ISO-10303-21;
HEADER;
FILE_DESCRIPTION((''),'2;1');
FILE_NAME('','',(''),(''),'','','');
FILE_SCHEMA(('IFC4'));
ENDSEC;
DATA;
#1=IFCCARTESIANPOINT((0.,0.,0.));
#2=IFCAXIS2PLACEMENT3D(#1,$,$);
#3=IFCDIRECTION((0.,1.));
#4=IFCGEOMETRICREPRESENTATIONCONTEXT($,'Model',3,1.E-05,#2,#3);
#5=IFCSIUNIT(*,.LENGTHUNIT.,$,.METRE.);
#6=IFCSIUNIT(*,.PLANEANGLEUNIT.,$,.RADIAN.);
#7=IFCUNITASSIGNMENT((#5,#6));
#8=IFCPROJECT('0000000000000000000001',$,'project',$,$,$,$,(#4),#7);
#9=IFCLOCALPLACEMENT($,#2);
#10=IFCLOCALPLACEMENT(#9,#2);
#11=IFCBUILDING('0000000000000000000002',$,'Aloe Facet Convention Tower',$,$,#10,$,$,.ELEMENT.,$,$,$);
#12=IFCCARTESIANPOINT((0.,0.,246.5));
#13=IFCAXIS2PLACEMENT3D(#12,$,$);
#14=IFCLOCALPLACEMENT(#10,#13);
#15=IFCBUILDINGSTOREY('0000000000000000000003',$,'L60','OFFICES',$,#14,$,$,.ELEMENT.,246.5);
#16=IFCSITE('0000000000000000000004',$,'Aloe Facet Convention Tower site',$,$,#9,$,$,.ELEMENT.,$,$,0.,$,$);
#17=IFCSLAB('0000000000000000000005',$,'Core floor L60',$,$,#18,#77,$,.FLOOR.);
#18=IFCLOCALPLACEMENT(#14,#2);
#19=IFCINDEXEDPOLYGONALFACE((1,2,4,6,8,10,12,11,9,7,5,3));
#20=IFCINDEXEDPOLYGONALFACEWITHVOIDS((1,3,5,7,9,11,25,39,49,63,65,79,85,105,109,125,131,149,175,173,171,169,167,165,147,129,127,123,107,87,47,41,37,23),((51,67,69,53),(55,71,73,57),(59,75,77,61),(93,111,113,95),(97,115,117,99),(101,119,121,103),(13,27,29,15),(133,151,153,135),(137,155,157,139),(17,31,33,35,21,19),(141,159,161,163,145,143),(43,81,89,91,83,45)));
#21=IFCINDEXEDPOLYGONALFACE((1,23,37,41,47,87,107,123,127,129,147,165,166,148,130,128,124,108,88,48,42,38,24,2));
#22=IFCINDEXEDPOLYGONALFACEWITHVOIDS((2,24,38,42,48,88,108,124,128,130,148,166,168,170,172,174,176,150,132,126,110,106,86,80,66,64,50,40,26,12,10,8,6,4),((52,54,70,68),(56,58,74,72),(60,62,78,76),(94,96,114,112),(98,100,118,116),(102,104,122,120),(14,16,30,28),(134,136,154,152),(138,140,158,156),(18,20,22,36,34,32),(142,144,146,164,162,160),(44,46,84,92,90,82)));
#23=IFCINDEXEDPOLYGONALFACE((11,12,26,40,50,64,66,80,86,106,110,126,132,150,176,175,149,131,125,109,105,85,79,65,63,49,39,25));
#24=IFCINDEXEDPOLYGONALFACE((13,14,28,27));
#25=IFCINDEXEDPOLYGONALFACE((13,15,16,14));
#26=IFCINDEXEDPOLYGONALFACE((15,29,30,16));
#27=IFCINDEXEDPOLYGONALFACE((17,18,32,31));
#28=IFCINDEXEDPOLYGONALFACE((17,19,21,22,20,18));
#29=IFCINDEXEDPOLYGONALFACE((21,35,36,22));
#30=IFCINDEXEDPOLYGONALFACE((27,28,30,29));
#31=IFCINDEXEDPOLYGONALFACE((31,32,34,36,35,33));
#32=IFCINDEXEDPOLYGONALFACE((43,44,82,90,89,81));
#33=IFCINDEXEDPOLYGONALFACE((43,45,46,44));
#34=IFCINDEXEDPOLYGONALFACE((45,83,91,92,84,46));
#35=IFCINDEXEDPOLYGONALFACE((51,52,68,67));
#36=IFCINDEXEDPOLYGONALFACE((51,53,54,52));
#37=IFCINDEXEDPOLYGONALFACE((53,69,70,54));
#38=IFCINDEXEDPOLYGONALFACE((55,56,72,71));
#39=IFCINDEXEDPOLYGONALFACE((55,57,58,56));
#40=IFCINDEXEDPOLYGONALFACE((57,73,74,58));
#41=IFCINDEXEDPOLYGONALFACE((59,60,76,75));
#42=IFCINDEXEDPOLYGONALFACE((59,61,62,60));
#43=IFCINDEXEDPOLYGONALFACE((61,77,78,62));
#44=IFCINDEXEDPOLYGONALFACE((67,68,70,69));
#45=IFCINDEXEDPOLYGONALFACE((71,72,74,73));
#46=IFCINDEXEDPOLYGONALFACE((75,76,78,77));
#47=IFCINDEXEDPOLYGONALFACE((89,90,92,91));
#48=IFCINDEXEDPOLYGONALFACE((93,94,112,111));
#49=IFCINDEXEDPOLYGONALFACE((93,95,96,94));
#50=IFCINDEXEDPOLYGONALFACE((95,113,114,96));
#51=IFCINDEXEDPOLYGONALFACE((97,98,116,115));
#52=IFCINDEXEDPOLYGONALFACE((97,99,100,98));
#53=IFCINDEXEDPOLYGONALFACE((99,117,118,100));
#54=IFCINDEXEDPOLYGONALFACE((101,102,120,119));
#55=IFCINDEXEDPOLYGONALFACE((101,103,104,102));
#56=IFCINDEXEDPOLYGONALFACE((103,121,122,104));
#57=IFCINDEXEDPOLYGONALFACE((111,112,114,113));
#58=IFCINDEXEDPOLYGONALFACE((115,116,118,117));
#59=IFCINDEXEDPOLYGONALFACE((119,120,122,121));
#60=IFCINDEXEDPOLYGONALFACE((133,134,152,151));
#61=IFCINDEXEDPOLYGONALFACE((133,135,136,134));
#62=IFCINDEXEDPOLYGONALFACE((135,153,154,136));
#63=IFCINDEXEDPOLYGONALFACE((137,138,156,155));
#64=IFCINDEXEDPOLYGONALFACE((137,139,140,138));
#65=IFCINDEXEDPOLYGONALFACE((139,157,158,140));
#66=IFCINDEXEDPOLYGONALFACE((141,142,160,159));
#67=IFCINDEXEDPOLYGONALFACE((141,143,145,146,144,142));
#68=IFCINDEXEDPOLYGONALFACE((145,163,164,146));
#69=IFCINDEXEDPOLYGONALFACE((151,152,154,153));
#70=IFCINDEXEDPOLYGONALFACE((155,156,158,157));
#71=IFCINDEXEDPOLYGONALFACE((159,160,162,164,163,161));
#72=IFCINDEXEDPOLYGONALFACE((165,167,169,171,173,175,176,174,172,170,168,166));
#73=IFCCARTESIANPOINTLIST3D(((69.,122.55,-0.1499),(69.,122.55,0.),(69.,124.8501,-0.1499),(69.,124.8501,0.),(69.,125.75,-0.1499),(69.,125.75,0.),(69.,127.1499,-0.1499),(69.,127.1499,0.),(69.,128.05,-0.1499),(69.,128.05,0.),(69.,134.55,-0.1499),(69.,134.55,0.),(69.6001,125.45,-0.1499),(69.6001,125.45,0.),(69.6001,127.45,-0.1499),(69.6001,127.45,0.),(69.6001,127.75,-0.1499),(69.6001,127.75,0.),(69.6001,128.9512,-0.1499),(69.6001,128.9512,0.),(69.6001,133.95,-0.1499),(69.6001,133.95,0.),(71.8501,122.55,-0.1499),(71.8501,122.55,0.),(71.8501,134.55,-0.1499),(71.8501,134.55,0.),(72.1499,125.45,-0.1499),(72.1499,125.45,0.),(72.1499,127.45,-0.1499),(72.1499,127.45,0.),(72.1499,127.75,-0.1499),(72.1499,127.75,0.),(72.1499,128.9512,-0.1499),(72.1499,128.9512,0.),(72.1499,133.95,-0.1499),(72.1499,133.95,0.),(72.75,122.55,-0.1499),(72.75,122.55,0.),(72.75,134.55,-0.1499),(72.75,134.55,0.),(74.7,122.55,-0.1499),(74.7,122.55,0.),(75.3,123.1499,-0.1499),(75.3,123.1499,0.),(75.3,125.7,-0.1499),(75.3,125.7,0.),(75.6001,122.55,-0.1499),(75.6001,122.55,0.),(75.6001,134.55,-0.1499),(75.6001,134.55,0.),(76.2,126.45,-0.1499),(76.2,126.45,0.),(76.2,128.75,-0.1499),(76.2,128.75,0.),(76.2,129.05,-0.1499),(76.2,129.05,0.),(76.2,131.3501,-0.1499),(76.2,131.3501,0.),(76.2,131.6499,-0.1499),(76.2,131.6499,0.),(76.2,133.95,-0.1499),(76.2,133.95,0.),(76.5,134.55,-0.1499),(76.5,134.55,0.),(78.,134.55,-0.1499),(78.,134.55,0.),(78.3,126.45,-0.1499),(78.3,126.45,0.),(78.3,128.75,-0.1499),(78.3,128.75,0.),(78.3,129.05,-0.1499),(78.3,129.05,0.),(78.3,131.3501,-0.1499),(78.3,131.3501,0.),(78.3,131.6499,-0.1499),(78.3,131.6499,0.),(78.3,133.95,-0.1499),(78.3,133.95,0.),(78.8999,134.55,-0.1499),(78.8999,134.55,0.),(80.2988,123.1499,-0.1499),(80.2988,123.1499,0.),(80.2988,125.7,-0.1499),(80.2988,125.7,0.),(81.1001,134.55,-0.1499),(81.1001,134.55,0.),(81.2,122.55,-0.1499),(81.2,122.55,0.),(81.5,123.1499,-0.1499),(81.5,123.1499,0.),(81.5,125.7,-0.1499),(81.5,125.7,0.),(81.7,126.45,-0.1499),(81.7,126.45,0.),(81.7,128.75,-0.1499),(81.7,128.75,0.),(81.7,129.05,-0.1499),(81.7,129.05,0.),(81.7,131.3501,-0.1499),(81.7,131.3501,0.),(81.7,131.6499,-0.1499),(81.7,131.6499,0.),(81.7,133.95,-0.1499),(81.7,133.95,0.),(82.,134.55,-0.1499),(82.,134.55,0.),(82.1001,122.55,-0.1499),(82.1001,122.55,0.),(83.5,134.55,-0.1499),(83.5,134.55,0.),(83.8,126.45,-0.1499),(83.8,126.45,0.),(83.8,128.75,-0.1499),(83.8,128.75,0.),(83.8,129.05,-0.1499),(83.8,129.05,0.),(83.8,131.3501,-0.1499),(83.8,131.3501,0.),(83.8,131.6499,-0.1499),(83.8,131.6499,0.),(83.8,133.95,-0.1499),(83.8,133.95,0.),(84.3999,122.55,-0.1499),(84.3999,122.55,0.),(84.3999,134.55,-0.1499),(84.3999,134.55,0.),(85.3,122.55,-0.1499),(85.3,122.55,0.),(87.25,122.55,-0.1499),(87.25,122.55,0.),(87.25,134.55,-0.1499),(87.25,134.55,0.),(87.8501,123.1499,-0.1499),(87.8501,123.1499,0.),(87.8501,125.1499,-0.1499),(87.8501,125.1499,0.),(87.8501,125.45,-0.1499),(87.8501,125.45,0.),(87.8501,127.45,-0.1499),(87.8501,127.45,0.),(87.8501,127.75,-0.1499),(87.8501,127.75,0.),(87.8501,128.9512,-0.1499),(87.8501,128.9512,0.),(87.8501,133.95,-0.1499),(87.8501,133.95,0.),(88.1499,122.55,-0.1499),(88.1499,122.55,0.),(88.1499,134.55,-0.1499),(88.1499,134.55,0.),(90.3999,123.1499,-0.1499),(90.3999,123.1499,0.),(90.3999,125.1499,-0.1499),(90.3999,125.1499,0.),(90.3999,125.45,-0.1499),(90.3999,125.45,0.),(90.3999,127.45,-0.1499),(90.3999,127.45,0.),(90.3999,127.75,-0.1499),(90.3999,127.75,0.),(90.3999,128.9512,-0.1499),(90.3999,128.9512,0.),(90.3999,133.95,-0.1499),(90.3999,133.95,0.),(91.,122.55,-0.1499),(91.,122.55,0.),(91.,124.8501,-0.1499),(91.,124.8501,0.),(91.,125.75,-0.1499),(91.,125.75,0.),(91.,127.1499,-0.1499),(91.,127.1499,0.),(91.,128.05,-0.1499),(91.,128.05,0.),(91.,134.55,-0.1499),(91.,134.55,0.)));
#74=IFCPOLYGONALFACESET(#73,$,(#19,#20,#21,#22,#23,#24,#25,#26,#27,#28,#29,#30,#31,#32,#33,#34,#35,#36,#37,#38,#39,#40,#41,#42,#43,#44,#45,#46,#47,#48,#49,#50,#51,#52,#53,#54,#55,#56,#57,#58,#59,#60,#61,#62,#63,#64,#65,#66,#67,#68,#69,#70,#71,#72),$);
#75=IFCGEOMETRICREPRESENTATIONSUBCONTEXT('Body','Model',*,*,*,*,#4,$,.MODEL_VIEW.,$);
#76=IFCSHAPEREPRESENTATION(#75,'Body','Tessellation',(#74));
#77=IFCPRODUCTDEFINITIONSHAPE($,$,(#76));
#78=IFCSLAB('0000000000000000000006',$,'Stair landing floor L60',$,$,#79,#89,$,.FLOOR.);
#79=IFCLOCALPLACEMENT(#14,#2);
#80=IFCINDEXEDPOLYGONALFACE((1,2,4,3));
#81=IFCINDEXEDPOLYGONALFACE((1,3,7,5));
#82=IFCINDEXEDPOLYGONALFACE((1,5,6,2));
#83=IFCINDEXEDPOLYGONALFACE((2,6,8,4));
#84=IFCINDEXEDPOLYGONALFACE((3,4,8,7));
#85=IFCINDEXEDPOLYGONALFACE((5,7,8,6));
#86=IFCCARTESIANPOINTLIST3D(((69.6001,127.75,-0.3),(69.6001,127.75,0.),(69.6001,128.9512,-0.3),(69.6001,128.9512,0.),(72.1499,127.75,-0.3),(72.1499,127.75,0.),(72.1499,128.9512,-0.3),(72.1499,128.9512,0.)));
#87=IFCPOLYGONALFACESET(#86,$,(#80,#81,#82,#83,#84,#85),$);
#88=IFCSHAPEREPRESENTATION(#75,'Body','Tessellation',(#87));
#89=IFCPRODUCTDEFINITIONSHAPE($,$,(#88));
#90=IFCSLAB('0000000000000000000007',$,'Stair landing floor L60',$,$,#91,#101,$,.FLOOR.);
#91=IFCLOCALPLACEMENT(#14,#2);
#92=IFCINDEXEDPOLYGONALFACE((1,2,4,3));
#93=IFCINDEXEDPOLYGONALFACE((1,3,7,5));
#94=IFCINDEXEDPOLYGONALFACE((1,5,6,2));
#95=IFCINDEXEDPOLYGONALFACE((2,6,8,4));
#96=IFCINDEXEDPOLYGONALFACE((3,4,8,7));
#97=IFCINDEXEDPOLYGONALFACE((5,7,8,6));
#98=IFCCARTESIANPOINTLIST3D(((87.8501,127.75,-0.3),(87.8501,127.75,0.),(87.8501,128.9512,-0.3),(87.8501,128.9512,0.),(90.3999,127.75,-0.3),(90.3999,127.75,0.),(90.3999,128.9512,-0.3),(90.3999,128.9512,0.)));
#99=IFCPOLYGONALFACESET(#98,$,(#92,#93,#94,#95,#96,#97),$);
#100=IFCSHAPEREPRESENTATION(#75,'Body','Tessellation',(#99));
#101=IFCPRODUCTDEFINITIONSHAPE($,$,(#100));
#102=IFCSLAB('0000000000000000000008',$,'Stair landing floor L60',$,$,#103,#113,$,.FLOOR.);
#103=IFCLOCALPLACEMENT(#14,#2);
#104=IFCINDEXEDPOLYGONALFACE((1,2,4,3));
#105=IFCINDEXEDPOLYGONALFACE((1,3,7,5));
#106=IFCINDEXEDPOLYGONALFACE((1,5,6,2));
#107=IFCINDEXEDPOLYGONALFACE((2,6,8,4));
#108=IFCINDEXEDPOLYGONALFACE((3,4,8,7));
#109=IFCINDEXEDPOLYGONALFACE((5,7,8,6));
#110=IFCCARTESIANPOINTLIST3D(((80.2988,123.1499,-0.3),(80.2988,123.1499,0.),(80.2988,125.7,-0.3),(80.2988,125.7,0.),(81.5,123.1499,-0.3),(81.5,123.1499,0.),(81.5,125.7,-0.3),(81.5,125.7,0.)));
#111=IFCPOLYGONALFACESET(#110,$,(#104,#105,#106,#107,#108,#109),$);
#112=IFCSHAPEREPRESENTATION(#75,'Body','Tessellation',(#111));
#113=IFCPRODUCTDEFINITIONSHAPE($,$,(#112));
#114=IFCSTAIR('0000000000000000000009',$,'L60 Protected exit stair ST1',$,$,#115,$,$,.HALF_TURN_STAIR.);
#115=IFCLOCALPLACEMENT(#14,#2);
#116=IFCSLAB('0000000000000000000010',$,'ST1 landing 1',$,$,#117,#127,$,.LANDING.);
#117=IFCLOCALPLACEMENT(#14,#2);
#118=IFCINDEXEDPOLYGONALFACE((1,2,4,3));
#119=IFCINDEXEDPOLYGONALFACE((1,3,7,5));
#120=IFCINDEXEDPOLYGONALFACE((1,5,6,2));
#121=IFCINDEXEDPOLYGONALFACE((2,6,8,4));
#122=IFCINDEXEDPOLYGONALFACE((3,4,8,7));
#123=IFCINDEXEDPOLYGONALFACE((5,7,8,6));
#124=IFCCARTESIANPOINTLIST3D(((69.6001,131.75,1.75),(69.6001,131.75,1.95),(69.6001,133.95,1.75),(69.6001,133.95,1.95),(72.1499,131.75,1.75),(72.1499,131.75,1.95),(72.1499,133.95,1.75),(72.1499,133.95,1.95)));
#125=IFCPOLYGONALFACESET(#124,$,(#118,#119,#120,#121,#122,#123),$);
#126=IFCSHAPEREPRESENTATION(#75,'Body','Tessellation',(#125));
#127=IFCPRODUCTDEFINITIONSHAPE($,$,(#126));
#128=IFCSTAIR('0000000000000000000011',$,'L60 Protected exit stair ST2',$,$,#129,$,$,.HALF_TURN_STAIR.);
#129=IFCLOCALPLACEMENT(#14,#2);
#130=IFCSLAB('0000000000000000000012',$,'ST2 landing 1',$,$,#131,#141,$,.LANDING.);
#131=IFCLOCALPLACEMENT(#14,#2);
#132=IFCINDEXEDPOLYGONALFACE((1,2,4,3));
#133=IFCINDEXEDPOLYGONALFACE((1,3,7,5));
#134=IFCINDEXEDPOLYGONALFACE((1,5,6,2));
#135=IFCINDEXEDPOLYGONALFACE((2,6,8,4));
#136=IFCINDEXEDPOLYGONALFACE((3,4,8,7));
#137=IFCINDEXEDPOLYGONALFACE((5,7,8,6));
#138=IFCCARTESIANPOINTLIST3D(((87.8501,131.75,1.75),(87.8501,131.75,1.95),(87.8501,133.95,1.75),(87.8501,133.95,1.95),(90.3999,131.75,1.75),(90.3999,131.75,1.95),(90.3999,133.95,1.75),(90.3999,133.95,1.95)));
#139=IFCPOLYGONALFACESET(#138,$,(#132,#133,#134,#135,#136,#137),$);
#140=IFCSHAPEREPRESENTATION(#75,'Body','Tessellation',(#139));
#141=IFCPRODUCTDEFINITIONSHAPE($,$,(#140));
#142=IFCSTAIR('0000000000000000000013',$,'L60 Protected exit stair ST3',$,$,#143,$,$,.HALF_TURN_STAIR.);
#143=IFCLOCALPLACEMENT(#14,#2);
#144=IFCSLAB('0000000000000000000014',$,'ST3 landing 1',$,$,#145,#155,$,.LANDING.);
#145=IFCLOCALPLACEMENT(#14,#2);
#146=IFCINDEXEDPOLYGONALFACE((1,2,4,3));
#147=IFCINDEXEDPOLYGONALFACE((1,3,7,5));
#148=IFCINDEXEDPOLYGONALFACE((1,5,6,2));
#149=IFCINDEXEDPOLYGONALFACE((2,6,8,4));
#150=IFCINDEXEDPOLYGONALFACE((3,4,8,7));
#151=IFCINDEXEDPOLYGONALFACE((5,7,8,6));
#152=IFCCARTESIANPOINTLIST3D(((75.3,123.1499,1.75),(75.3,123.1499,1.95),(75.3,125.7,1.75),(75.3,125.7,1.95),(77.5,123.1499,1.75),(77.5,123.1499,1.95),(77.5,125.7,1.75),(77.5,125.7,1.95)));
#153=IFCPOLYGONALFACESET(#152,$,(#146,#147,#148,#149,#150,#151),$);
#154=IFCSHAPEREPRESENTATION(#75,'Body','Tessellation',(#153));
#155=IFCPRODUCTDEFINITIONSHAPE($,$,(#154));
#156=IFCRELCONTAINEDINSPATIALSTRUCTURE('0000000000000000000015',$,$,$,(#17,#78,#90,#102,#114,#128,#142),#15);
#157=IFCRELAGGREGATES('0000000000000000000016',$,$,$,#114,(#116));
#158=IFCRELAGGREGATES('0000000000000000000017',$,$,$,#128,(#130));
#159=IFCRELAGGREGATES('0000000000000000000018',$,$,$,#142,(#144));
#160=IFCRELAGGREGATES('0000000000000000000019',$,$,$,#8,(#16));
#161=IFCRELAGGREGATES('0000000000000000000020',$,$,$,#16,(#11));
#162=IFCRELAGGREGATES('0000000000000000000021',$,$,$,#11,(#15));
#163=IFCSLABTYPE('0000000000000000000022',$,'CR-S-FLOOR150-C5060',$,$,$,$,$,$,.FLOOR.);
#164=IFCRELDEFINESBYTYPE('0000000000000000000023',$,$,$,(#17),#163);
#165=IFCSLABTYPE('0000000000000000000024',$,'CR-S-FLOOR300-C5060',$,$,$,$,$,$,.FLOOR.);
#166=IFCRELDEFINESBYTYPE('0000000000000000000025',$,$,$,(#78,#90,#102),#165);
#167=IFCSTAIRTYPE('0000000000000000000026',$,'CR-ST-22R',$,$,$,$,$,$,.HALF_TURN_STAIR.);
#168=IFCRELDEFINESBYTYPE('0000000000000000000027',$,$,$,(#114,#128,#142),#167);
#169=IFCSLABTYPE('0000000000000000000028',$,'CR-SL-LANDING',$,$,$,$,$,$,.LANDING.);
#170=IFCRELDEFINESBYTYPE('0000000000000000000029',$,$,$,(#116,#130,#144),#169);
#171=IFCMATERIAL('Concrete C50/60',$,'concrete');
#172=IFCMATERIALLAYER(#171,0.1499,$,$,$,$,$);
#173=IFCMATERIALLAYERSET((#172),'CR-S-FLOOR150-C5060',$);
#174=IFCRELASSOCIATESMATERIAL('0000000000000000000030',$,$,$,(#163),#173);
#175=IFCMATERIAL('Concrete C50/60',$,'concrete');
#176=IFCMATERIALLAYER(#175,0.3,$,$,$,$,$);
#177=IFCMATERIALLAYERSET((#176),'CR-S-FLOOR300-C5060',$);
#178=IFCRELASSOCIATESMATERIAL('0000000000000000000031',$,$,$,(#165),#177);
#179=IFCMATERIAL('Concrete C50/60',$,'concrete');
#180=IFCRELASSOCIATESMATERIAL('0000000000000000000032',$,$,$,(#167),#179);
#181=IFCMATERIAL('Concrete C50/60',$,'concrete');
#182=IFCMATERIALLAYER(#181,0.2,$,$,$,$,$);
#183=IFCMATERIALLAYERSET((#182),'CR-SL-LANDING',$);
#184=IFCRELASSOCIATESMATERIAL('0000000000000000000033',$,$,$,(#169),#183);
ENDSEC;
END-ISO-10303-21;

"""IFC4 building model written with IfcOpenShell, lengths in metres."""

from ifc_helpers import new_model, si_unit, direction, frame, origin, place, context, subcontext, project, spatial, polyline, outline, extrude, material, layer, layer_set, type_object, element, aggregate, save


model = new_model("IFC4")

# Units and contexts
model_context = context("Model", 3, precision=1e-05, world=origin(), true_north=direction((0.0, 1.0)))
body_context = subcontext(model_context, "Body", "Model", "MODEL_VIEW")
ifc_project = project(units=[si_unit("LENGTHUNIT", "METRE"), si_unit("PLANEANGLEUNIT", "RADIAN")], contexts=[model_context])

# Site, building, storey
site_placement = place(None, origin())
site = spatial("IfcSite", under=ifc_project, at=site_placement, Name="Aloe Facet Convention Tower site", CompositionType="ELEMENT", RefElevation=0.0)
building_placement = place(site_placement, origin())
building = spatial("IfcBuilding", under=site, at=building_placement, Name="Aloe Facet Convention Tower", CompositionType="ELEMENT")
storey_placement = place(building_placement, frame((0.0, 0.0, 246.5)))
storey = spatial("IfcBuildingStorey", under=building, at=storey_placement, Name="L60", Description="OFFICES", CompositionType="ELEMENT", Elevation=246.5)

# Slabs
ifc_material_1 = material(Name="Concrete C50/60", Category="concrete")
ifc_layer_1 = layer(ifc_material_1, 0.1499)
ifc_layer_set_1 = layer_set([ifc_layer_1], Name="CR-S-FLOOR150-C5060")
slab_type_1 = type_object("IfcSlabType", Name="CR-S-FLOOR150-C5060", PredefinedType="FLOOR", material=ifc_layer_set_1)
slab_1_placement = place(storey_placement, frame((0.0, 0.0, -0.1499)))
element("IfcSlab", 1, at=slab_1_placement, inside=storey, type_object=slab_type_1, Name="Core floor L60", PredefinedType="FLOOR", context=body_context, shape_type="SweptSolid", body=[
    extrude(outline(polyline([(71.8501, 134.55), (72.75, 134.55), (75.6001, 134.55), (76.5, 134.55), (78.0, 134.55), (78.8999, 134.55), (81.1001, 134.55), (82.0, 134.55), (83.5, 134.55), (84.3999, 134.55), (87.25, 134.55), (88.1499, 134.55), (91.0, 134.55), (91.0, 128.05), (91.0, 127.1499), (91.0, 125.75), (91.0, 124.8501), (91.0, 122.55), (88.1499, 122.55), (87.25, 122.55), (85.3, 122.55), (84.3999, 122.55), (82.1001, 122.55), (81.2, 122.55), (75.6001, 122.55), (74.7, 122.55), (72.75, 122.55), (71.8501, 122.55), (69.0, 122.55), (69.0, 124.8501), (69.0, 125.75), (69.0, 127.1499), (69.0, 128.05), (69.0, 134.55), (71.8501, 134.55)]), holes=[polyline([(80.2988, 123.1499), (81.5, 123.1499), (81.5, 125.7), (80.2988, 125.7), (75.3, 125.7), (75.3, 123.1499), (80.2988, 123.1499)]), polyline([(69.6001, 125.45), (72.1499, 125.45), (72.1499, 127.45), (69.6001, 127.45), (69.6001, 125.45)]), polyline([(76.2, 126.45), (78.3, 126.45), (78.3, 128.75), (76.2, 128.75), (76.2, 126.45)]), polyline([(78.3, 129.05), (78.3, 131.3501), (76.2, 131.3501), (76.2, 129.05), (78.3, 129.05)]), polyline([(69.6001, 133.95), (69.6001, 128.9512), (69.6001, 127.75), (72.1499, 127.75), (72.1499, 128.9512), (72.1499, 133.95), (69.6001, 133.95)]), polyline([(76.2, 131.6499), (78.3, 131.6499), (78.3, 133.95), (76.2, 133.95), (76.2, 131.6499)]), polyline([(90.3999, 123.1499), (90.3999, 125.1499), (87.8501, 125.1499), (87.8501, 123.1499), (90.3999, 123.1499)]), polyline([(87.8501, 125.45), (90.3999, 125.45), (90.3999, 127.45), (87.8501, 127.45), (87.8501, 125.45)]), polyline([(81.7, 126.45), (83.8, 126.45), (83.8, 128.75), (81.7, 128.75), (81.7, 126.45)]), polyline([(83.8, 129.05), (83.8, 131.3501), (81.7, 131.3501), (81.7, 129.05), (83.8, 129.05)]), polyline([(87.8501, 133.95), (87.8501, 128.9512), (87.8501, 127.75), (90.3999, 127.75), (90.3999, 128.9512), (90.3999, 133.95), (87.8501, 133.95)]), polyline([(81.7, 131.6499), (83.8, 131.6499), (83.8, 133.95), (81.7, 133.95), (81.7, 131.6499)])]), origin(), (0.0, 0.0, 1.0), 0.1499),
])
ifc_material_2 = material(Name="Concrete C50/60", Category="concrete")
ifc_layer_2 = layer(ifc_material_2, 0.3)
ifc_layer_set_2 = layer_set([ifc_layer_2], Name="CR-S-FLOOR300-C5060")
slab_type_2 = type_object("IfcSlabType", Name="CR-S-FLOOR300-C5060", PredefinedType="FLOOR", material=ifc_layer_set_2)
slab_2_placement = place(storey_placement, frame((0.0, 0.0, -0.3)))
element("IfcSlab", 2, at=slab_2_placement, inside=storey, type_object=slab_type_2, Name="Stair landing floor L60", PredefinedType="FLOOR", context=body_context, shape_type="SweptSolid", body=[
    extrude(outline(polyline([(72.1499, 127.75), (72.1499, 128.9512), (69.6001, 128.9512), (69.6001, 127.75), (72.1499, 127.75)])), origin(), (0.0, 0.0, 1.0), 0.3),
])
slab_3_placement = place(storey_placement, frame((0.0, 0.0, -0.3)))
element("IfcSlab", 3, at=slab_3_placement, inside=storey, type_object=slab_type_2, Name="Stair landing floor L60", PredefinedType="FLOOR", context=body_context, shape_type="SweptSolid", body=[
    extrude(outline(polyline([(90.3999, 127.75), (90.3999, 128.9512), (87.8501, 128.9512), (87.8501, 127.75), (90.3999, 127.75)])), origin(), (0.0, 0.0, 1.0), 0.3),
])
slab_4_placement = place(storey_placement, frame((0.0, 0.0, -0.3)))
element("IfcSlab", 4, at=slab_4_placement, inside=storey, type_object=slab_type_2, Name="Stair landing floor L60", PredefinedType="FLOOR", context=body_context, shape_type="SweptSolid", body=[
    extrude(outline(polyline([(81.5, 125.7), (80.2988, 125.7), (80.2988, 123.1499), (81.5, 123.1499), (81.5, 125.7)])), origin(), (0.0, 0.0, 1.0), 0.3),
])

# Stairs, slabs
ifc_material_3 = material(Name="Concrete C50/60", Category="concrete")
stair_type = type_object("IfcStairType", Name="CR-ST-22R", PredefinedType="HALF_TURN_STAIR", material=ifc_material_3)
stair_1_placement = place(storey_placement, origin())
stair_1 = element("IfcStair", 5, at=stair_1_placement, inside=storey, type_object=stair_type, Name="L60 Protected exit stair ST1", PredefinedType="HALF_TURN_STAIR")
ifc_material_4 = material(Name="Concrete C50/60", Category="concrete")
ifc_layer_3 = layer(ifc_material_4, 0.2)
ifc_layer_set_3 = layer_set([ifc_layer_3], Name="CR-SL-LANDING")
slab_type_3 = type_object("IfcSlabType", Name="CR-SL-LANDING", PredefinedType="LANDING", material=ifc_layer_set_3)
slab_5_placement = place(storey_placement, frame((0.0, 0.0, 1.75)))
slab_5 = element("IfcSlab", 6, at=slab_5_placement, type_object=slab_type_3, Name="ST1 landing 1", PredefinedType="LANDING", context=body_context, shape_type="SweptSolid", body=[
    extrude(outline(polyline([(72.1499, 131.75), (72.1499, 133.95), (69.6001, 133.95), (69.6001, 131.75), (72.1499, 131.75)])), origin(), (0.0, 0.0, 1.0), 0.2),
])
aggregate(stair_1, [slab_5])
stair_2_placement = place(storey_placement, origin())
stair_2 = element("IfcStair", 7, at=stair_2_placement, inside=storey, type_object=stair_type, Name="L60 Protected exit stair ST2", PredefinedType="HALF_TURN_STAIR")
slab_6_placement = place(storey_placement, frame((0.0, 0.0, 1.75)))
slab_6 = element("IfcSlab", 8, at=slab_6_placement, type_object=slab_type_3, Name="ST2 landing 1", PredefinedType="LANDING", context=body_context, shape_type="SweptSolid", body=[
    extrude(outline(polyline([(90.3999, 131.75), (90.3999, 133.95), (87.8501, 133.95), (87.8501, 131.75), (90.3999, 131.75)])), origin(), (0.0, 0.0, 1.0), 0.2),
])
aggregate(stair_2, [slab_6])
stair_3_placement = place(storey_placement, origin())
stair_3 = element("IfcStair", 9, at=stair_3_placement, inside=storey, type_object=stair_type, Name="L60 Protected exit stair ST3", PredefinedType="HALF_TURN_STAIR")
slab_7_placement = place(storey_placement, frame((0.0, 0.0, 1.75)))
slab_7 = element("IfcSlab", 10, at=slab_7_placement, type_object=slab_type_3, Name="ST3 landing 1", PredefinedType="LANDING", context=body_context, shape_type="SweptSolid", body=[
    extrude(outline(polyline([(77.5, 125.7), (75.3, 125.7), (75.3, 123.1499), (77.5, 123.1499), (77.5, 125.7)])), origin(), (0.0, 0.0, 1.0), 0.2),
])
aggregate(stair_3, [slab_7])

save(model, "model.ifc")
